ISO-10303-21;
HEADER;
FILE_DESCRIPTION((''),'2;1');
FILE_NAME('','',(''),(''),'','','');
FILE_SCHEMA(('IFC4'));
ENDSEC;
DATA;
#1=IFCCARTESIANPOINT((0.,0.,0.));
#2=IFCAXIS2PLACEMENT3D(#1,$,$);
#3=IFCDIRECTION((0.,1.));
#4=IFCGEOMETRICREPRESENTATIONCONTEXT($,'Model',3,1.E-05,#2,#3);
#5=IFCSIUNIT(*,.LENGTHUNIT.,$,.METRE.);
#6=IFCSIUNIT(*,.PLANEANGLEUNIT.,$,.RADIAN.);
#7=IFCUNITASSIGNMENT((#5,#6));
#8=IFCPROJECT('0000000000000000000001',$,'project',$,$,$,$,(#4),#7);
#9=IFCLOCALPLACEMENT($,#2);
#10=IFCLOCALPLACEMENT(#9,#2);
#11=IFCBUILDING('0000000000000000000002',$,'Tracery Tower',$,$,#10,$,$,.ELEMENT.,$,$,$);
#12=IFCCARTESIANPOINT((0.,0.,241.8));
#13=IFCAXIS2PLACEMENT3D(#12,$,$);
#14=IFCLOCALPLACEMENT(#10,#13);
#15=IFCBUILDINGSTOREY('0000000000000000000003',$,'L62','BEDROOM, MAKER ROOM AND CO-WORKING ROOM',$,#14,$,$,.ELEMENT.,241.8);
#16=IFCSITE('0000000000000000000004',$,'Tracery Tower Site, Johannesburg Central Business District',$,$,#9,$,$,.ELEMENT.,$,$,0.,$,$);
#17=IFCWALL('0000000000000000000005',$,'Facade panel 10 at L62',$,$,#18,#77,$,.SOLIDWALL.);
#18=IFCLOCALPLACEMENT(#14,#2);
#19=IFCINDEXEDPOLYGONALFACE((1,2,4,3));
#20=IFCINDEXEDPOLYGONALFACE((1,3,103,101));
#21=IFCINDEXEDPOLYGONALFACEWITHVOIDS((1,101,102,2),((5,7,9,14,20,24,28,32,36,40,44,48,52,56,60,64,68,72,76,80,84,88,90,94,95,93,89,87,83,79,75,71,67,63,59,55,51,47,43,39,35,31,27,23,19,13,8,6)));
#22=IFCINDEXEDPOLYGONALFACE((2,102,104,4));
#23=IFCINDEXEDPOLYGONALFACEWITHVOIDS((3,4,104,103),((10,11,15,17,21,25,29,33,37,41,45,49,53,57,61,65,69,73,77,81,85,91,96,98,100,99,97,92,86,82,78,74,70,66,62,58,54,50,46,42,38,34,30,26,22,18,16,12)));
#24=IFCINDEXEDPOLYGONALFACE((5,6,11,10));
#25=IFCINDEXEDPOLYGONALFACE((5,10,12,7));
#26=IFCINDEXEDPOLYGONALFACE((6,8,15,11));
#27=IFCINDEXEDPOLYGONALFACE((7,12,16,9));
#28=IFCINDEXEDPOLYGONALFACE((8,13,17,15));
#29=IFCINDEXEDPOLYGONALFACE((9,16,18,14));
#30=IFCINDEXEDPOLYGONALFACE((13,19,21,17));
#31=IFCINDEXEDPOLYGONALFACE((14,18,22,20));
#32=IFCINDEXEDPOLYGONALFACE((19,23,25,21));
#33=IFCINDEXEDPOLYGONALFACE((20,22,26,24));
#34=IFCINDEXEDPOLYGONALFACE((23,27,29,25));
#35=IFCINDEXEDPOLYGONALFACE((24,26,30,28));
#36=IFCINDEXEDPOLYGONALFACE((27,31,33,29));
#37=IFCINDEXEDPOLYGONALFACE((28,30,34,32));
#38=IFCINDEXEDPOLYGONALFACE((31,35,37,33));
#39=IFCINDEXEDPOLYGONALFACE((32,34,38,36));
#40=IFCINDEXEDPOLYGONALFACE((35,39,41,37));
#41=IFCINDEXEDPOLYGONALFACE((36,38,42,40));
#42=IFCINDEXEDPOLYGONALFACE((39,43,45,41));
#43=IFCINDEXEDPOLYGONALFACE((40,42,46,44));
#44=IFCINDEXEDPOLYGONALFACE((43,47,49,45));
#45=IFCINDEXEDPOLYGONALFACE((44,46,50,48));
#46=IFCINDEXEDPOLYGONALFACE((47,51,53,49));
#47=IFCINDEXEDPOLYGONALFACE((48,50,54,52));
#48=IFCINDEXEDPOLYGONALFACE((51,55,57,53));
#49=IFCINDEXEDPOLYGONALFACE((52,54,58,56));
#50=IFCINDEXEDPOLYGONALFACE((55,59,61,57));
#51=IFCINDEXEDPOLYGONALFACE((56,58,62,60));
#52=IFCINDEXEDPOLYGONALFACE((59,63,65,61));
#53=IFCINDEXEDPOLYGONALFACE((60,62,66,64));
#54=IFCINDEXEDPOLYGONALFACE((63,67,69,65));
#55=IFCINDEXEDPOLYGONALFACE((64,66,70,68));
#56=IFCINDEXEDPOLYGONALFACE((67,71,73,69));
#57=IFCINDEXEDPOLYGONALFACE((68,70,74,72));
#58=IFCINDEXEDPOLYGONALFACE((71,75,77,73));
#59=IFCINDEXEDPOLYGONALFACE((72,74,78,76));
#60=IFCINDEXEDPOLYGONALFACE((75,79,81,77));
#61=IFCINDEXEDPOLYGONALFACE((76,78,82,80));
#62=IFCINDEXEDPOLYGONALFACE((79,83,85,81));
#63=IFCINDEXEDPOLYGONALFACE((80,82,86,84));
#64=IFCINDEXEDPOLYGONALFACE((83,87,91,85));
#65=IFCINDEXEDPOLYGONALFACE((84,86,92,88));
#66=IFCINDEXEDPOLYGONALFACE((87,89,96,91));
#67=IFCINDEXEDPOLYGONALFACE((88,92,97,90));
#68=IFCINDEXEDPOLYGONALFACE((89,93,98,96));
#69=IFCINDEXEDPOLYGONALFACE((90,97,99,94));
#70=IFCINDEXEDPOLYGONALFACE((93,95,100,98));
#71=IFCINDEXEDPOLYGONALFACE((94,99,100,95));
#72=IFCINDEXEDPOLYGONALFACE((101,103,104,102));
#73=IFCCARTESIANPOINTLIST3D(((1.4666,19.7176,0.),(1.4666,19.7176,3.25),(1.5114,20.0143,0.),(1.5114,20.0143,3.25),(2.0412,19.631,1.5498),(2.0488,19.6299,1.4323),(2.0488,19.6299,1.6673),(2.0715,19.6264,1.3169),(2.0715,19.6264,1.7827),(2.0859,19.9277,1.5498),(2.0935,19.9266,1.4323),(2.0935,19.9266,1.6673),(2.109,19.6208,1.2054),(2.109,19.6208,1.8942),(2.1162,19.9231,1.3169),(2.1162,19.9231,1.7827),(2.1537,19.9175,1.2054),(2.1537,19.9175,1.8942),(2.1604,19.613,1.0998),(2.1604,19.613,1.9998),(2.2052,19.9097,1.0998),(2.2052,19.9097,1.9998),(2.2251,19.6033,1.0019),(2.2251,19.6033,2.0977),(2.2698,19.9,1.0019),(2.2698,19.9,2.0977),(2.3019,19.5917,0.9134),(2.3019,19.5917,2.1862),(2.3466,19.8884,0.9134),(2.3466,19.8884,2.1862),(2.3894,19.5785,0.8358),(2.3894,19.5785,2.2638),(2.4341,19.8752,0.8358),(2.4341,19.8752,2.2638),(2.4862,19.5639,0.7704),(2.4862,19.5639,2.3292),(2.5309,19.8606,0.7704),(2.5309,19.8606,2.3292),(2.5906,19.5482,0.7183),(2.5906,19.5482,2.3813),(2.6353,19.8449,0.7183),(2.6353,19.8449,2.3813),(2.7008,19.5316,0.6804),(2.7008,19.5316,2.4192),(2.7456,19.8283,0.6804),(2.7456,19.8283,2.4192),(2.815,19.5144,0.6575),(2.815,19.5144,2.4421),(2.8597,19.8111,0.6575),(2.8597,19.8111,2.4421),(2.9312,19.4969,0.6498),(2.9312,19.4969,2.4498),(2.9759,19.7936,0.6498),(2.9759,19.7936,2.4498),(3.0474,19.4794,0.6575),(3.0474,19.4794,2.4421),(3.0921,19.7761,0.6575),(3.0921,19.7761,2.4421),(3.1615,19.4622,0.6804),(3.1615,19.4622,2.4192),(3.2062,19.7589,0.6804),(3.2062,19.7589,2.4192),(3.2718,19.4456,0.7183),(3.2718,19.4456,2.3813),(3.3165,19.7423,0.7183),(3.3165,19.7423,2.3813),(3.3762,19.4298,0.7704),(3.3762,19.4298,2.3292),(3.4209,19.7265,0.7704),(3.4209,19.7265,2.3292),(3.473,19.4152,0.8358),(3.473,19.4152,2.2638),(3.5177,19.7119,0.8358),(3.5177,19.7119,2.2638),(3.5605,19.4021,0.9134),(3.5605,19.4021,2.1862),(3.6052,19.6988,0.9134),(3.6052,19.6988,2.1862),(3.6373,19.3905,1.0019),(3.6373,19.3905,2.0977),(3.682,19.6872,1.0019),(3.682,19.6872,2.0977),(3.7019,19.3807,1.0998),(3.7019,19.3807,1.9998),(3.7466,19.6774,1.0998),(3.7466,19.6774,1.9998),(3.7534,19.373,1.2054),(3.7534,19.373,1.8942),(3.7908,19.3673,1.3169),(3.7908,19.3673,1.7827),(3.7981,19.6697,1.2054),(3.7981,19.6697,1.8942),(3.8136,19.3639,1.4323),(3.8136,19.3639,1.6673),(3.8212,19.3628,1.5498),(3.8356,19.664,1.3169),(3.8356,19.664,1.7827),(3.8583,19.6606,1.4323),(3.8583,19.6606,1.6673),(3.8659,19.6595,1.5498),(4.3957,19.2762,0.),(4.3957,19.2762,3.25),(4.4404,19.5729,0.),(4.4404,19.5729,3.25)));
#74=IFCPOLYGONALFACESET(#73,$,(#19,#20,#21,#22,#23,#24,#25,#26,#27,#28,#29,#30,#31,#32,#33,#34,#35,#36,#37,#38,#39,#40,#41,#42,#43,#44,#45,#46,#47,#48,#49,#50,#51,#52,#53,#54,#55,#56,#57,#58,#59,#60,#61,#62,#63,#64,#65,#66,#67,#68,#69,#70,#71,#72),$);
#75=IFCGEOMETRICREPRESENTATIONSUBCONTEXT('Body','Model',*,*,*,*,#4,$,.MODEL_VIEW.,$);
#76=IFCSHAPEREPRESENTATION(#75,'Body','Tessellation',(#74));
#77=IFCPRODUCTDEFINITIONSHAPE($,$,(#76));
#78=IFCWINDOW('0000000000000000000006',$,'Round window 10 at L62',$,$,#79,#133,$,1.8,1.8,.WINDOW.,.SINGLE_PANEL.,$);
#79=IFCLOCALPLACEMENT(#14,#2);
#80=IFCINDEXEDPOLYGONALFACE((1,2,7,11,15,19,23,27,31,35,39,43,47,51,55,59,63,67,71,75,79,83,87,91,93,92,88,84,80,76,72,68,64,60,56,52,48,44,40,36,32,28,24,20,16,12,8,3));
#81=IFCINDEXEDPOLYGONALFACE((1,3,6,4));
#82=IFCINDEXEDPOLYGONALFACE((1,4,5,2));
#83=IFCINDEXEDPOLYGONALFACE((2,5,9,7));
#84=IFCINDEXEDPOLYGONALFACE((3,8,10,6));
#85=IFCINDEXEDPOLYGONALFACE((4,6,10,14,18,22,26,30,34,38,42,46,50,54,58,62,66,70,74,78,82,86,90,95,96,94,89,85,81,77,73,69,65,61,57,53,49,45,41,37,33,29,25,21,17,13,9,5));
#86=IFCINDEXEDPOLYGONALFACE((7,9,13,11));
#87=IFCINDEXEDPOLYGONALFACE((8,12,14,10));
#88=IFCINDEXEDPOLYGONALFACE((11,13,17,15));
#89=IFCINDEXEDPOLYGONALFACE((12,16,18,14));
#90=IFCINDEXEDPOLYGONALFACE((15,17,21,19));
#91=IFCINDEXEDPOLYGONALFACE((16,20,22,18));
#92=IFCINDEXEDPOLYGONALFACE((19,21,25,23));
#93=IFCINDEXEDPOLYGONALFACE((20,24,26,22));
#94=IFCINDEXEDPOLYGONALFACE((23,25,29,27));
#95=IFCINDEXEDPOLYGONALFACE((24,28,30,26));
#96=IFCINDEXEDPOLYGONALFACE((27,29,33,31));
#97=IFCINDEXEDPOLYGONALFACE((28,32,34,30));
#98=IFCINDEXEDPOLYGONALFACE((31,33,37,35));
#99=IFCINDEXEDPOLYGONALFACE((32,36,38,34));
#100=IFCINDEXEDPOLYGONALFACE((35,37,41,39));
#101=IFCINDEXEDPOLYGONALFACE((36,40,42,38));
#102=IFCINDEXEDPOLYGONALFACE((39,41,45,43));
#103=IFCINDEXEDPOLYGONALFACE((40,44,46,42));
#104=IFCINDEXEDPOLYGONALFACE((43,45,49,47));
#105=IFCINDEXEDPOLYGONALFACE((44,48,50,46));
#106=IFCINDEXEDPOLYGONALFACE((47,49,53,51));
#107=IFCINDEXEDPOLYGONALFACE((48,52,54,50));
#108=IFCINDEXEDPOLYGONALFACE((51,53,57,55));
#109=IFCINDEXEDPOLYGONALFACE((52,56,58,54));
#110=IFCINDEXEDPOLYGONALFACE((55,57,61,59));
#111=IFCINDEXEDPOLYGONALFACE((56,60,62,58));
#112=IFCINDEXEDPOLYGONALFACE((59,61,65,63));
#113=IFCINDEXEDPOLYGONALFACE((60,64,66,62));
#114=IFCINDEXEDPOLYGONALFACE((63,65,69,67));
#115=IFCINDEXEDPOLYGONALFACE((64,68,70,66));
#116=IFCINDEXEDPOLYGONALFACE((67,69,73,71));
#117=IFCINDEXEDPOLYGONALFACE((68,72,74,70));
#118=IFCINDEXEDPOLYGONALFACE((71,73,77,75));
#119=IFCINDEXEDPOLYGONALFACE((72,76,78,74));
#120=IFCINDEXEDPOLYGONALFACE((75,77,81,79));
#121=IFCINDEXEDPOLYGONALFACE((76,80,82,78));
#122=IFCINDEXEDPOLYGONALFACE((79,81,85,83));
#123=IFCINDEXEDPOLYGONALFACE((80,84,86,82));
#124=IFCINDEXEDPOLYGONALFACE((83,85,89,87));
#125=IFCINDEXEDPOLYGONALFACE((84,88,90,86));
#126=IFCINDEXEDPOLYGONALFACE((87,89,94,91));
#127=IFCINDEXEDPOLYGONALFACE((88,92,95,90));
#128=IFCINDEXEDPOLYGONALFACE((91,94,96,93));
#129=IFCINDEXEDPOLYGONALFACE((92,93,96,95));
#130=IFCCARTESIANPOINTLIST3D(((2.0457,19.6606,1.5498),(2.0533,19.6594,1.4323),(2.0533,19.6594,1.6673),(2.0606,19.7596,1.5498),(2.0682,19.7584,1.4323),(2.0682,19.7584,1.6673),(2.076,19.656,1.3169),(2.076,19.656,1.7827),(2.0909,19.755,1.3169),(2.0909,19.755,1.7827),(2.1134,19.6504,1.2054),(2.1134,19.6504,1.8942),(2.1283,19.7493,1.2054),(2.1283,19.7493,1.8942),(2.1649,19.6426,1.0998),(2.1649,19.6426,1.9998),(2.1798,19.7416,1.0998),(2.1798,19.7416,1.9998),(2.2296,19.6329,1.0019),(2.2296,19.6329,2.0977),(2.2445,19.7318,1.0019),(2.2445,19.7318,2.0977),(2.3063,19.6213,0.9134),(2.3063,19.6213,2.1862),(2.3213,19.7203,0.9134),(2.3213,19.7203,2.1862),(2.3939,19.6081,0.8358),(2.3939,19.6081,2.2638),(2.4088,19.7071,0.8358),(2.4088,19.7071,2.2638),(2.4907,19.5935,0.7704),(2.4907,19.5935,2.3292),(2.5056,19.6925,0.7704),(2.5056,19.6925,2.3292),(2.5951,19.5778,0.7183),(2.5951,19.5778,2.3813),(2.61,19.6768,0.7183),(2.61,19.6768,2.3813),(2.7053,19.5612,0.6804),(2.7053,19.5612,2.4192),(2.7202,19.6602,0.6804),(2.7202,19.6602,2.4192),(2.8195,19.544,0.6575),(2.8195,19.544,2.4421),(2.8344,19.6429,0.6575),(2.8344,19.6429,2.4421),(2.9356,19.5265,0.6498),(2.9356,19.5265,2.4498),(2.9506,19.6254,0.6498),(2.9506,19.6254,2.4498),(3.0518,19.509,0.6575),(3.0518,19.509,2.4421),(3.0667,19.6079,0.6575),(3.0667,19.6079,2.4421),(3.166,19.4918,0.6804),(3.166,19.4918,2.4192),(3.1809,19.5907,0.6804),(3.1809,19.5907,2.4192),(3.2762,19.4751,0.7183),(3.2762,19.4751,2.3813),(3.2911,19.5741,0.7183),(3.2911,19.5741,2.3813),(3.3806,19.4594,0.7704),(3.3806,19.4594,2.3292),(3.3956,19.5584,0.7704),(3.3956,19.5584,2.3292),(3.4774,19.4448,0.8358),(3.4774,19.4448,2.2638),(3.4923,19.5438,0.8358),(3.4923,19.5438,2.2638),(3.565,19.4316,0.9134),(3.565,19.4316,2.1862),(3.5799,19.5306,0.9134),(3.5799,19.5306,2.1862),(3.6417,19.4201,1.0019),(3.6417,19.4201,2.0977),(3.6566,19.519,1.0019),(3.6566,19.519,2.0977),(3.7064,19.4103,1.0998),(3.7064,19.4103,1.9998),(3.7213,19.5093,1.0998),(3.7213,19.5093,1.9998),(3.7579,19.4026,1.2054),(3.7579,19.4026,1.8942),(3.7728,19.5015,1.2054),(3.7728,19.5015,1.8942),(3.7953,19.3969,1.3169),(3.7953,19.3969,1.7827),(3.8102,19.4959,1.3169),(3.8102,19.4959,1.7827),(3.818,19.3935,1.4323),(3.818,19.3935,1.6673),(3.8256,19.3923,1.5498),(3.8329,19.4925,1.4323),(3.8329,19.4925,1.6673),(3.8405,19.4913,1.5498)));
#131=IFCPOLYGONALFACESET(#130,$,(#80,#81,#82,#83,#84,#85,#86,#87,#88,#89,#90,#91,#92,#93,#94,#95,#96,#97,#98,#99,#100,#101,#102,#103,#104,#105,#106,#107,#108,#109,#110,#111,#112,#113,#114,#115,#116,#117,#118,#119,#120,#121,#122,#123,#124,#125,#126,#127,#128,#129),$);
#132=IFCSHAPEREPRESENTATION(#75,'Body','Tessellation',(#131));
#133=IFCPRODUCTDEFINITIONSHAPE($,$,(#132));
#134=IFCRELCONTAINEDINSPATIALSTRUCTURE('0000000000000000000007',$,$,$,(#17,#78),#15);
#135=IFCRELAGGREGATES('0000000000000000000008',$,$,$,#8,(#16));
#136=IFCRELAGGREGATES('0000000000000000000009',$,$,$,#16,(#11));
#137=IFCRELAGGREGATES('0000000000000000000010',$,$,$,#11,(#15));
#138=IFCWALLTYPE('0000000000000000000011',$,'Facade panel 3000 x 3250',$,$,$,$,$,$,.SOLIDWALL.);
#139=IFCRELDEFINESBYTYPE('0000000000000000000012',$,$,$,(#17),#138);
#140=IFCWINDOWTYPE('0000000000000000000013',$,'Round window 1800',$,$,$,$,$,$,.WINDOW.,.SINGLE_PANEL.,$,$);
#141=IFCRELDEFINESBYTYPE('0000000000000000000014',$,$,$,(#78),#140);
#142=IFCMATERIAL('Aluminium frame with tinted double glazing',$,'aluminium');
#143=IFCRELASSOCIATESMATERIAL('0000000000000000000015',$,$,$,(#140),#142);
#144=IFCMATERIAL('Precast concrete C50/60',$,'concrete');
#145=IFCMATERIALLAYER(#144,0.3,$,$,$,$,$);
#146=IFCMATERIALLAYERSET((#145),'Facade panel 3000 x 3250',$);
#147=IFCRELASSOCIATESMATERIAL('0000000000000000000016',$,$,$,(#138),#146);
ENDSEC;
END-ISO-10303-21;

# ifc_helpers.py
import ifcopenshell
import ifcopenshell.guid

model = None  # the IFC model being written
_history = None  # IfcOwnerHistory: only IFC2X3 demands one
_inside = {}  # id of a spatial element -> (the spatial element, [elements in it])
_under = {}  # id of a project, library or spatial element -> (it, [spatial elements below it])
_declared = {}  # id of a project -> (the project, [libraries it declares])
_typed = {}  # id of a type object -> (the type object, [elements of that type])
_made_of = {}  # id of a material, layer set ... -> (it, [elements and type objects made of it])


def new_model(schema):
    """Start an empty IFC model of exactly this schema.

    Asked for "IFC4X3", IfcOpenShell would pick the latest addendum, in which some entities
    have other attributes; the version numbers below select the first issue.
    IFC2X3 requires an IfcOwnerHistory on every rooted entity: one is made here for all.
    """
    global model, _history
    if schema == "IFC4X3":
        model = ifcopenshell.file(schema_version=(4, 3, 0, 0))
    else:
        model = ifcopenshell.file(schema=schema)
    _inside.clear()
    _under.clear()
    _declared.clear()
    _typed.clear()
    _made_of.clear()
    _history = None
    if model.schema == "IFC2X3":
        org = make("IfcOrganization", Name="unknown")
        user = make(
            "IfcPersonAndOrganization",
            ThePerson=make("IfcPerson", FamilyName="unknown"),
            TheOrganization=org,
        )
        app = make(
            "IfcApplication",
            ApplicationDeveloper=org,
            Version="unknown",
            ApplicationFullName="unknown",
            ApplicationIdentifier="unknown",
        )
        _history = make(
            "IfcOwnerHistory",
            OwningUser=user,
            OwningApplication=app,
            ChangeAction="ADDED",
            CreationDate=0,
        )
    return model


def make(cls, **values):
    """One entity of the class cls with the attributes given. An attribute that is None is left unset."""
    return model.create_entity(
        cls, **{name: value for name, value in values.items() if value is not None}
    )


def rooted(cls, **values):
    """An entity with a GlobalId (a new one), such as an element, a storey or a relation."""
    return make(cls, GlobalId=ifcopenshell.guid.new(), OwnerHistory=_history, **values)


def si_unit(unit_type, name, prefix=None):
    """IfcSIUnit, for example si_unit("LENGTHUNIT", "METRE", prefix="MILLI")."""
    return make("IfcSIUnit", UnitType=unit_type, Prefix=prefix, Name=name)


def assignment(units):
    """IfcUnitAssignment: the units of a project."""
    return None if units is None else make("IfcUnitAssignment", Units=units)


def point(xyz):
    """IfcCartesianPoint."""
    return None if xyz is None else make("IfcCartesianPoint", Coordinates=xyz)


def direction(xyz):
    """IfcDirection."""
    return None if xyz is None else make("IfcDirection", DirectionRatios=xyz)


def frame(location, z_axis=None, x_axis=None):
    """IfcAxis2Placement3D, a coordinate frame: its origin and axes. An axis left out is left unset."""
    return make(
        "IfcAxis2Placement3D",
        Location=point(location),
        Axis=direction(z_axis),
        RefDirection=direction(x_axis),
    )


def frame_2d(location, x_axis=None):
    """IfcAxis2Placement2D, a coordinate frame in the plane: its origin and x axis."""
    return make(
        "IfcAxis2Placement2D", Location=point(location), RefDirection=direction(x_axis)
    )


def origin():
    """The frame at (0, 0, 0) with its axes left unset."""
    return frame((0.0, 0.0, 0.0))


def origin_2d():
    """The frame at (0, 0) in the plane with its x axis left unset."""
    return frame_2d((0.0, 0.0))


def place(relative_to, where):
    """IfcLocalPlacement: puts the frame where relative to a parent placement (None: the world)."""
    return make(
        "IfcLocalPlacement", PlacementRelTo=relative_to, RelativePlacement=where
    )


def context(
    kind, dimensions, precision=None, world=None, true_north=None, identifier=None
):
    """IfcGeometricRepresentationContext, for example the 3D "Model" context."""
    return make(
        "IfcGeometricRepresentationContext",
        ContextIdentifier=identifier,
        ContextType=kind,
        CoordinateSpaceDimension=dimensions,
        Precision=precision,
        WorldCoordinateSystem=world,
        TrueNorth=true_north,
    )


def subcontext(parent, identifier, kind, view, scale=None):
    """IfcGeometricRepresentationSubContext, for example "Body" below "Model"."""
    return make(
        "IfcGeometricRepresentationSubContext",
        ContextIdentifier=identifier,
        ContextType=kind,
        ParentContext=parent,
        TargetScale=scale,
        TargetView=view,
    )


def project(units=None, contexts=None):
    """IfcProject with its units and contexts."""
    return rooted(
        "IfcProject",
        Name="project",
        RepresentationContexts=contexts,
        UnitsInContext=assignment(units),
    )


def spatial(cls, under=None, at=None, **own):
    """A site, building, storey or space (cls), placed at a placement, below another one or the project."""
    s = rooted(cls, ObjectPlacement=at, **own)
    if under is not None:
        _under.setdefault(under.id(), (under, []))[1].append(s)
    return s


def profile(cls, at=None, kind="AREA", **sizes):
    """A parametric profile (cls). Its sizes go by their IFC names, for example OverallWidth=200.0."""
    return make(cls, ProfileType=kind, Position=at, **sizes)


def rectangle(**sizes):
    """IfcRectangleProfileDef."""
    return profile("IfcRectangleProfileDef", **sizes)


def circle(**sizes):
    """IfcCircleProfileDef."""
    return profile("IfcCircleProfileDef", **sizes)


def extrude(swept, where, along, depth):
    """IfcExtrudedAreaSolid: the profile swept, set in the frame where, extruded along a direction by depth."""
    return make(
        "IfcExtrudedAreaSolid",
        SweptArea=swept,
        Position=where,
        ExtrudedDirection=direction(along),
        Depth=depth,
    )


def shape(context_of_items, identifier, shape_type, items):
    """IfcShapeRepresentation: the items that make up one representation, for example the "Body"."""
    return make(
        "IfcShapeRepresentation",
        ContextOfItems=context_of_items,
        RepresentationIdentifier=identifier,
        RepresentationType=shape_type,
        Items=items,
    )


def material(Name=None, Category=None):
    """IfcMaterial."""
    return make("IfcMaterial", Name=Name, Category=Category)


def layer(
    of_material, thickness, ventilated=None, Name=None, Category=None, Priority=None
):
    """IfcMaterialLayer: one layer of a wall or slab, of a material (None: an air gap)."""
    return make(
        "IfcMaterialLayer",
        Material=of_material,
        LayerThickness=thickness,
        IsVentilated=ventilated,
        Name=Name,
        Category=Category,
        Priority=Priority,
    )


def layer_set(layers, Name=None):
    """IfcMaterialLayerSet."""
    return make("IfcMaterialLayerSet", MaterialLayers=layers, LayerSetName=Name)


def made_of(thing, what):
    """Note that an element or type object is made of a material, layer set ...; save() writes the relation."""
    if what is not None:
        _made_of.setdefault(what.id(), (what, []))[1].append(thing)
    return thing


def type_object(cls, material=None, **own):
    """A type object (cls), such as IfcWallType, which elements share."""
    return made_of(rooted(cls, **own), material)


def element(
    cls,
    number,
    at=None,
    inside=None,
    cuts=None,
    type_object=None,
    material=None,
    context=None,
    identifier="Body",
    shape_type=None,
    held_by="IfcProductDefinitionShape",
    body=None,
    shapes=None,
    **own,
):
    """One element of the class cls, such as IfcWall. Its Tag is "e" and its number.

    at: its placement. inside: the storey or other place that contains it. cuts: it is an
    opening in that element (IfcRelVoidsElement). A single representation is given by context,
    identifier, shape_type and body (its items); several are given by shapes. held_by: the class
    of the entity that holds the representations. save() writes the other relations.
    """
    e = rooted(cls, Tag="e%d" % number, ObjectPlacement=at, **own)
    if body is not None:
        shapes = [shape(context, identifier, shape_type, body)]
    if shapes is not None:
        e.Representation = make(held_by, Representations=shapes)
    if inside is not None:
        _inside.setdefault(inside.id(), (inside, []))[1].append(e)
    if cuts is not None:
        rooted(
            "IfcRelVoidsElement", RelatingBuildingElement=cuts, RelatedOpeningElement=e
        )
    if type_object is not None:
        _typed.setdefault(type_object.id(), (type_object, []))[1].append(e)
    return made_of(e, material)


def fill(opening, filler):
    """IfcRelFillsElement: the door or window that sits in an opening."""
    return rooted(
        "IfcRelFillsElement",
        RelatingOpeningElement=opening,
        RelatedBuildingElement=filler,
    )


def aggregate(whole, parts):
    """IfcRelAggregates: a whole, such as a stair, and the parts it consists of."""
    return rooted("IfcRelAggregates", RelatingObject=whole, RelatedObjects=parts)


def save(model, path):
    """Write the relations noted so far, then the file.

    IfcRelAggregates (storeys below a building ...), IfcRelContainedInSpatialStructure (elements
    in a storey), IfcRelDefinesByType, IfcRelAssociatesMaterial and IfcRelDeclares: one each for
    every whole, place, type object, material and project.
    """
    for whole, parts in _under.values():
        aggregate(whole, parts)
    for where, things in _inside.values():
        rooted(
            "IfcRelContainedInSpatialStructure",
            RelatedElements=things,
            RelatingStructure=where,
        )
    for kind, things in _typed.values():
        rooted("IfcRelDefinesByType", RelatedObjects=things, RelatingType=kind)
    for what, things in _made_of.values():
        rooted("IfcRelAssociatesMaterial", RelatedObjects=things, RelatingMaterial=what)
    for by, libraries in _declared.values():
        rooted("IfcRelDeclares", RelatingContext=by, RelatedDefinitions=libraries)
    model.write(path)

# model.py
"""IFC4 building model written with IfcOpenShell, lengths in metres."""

from ifc_helpers import new_model, si_unit, direction, frame, frame_2d, origin, origin_2d, place, context, subcontext, project, spatial, rectangle, circle, extrude, material, layer, layer_set, type_object, element, fill, save


model = new_model("IFC4")

# Units and contexts
model_context = context("Model", 3, precision=1e-05, world=origin(), true_north=direction((0.0, 1.0)))
body_context = subcontext(model_context, "Body", "Model", "MODEL_VIEW")
ifc_project = project(units=[si_unit("LENGTHUNIT", "METRE"), si_unit("PLANEANGLEUNIT", "RADIAN")], contexts=[model_context])

# Site, building, storey
site_placement = place(None, origin())
site = spatial("IfcSite", under=ifc_project, at=site_placement, Name="Tracery Tower Site, Johannesburg Central Business District", CompositionType="ELEMENT", RefElevation=0.0)
building_placement = place(site_placement, origin())
building = spatial("IfcBuilding", under=site, at=building_placement, Name="Tracery Tower", CompositionType="ELEMENT")
storey_placement = place(building_placement, frame((0.0, 0.0, 241.8)))
storey = spatial("IfcBuildingStorey", under=building, at=storey_placement, Name="L62", Description="BEDROOM, MAKER ROOM AND CO-WORKING ROOM", CompositionType="ELEMENT", Elevation=241.8)

# Wall, opening, window
ifc_material_1 = material(Name="Aluminium frame with tinted double glazing", Category="aluminium")
window_type = type_object("IfcWindowType", Name="Round window 1800", PartitioningType="SINGLE_PANEL", PredefinedType="WINDOW", material=ifc_material_1)
ifc_material_2 = material(Name="Precast concrete C50/60", Category="concrete")
ifc_layer_1 = layer(ifc_material_2, 0.3)
ifc_layer_set_1 = layer_set([ifc_layer_1], Name="Facade panel 3000 x 3250")
wall_type_1 = type_object("IfcWallType", Name="Facade panel 3000 x 3250", PredefinedType="SOLIDWALL", material=ifc_layer_set_1)
wall_1_placement = place(storey_placement, frame((4.418, 19.4246, 0.0), z_axis=(0.0, 0.0, 1.0), x_axis=(-0.988836, 0.149009, 0.0)))
wall_1 = element("IfcWall", 1, at=wall_1_placement, inside=storey, type_object=wall_type_1, Name="Facade panel 10 at L62", PredefinedType="SOLIDWALL", context=body_context, shape_type="SweptSolid", body=[
    extrude(rectangle(XDim=2.9622, YDim=0.3, at=frame_2d((1.481, 0.0))), origin(), (0.0, 0.0, 1.0), 3.25),
])
opening_1_placement = place(wall_1_placement, frame((1.481, 0.0, 1.5498)))
opening_1 = element("IfcOpeningElement", 2, at=opening_1_placement, cuts=wall_1, PredefinedType="OPENING", context=body_context, shape_type="SweptSolid", body=[
    extrude(circle(Radius=0.9, at=origin_2d()), frame((0.0, 0.1599, 0.0), z_axis=(0.0, -1.0, 0.0), x_axis=(1.0, 0.0, 0.0)), (0.0, 0.0, 1.0), 0.3201),
])
window_1_placement = place(opening_1_placement, origin())
window_1 = element("IfcWindow", 3, at=window_1_placement, inside=storey, type_object=window_type, Name="Round window 10 at L62", OverallHeight=1.8, OverallWidth=1.8, PartitioningType="SINGLE_PANEL", PredefinedType="WINDOW", context=body_context, shape_type="SweptSolid", body=[
    extrude(circle(Radius=0.9, at=origin_2d()), frame((0.0, 0.1201, 0.0), z_axis=(0.0, -1.0, 0.0), x_axis=(1.0, 0.0, 0.0)), (0.0, 0.0, 1.0), 0.1001),
])
fill(opening_1, window_1)

save(model, "model.ifc")
